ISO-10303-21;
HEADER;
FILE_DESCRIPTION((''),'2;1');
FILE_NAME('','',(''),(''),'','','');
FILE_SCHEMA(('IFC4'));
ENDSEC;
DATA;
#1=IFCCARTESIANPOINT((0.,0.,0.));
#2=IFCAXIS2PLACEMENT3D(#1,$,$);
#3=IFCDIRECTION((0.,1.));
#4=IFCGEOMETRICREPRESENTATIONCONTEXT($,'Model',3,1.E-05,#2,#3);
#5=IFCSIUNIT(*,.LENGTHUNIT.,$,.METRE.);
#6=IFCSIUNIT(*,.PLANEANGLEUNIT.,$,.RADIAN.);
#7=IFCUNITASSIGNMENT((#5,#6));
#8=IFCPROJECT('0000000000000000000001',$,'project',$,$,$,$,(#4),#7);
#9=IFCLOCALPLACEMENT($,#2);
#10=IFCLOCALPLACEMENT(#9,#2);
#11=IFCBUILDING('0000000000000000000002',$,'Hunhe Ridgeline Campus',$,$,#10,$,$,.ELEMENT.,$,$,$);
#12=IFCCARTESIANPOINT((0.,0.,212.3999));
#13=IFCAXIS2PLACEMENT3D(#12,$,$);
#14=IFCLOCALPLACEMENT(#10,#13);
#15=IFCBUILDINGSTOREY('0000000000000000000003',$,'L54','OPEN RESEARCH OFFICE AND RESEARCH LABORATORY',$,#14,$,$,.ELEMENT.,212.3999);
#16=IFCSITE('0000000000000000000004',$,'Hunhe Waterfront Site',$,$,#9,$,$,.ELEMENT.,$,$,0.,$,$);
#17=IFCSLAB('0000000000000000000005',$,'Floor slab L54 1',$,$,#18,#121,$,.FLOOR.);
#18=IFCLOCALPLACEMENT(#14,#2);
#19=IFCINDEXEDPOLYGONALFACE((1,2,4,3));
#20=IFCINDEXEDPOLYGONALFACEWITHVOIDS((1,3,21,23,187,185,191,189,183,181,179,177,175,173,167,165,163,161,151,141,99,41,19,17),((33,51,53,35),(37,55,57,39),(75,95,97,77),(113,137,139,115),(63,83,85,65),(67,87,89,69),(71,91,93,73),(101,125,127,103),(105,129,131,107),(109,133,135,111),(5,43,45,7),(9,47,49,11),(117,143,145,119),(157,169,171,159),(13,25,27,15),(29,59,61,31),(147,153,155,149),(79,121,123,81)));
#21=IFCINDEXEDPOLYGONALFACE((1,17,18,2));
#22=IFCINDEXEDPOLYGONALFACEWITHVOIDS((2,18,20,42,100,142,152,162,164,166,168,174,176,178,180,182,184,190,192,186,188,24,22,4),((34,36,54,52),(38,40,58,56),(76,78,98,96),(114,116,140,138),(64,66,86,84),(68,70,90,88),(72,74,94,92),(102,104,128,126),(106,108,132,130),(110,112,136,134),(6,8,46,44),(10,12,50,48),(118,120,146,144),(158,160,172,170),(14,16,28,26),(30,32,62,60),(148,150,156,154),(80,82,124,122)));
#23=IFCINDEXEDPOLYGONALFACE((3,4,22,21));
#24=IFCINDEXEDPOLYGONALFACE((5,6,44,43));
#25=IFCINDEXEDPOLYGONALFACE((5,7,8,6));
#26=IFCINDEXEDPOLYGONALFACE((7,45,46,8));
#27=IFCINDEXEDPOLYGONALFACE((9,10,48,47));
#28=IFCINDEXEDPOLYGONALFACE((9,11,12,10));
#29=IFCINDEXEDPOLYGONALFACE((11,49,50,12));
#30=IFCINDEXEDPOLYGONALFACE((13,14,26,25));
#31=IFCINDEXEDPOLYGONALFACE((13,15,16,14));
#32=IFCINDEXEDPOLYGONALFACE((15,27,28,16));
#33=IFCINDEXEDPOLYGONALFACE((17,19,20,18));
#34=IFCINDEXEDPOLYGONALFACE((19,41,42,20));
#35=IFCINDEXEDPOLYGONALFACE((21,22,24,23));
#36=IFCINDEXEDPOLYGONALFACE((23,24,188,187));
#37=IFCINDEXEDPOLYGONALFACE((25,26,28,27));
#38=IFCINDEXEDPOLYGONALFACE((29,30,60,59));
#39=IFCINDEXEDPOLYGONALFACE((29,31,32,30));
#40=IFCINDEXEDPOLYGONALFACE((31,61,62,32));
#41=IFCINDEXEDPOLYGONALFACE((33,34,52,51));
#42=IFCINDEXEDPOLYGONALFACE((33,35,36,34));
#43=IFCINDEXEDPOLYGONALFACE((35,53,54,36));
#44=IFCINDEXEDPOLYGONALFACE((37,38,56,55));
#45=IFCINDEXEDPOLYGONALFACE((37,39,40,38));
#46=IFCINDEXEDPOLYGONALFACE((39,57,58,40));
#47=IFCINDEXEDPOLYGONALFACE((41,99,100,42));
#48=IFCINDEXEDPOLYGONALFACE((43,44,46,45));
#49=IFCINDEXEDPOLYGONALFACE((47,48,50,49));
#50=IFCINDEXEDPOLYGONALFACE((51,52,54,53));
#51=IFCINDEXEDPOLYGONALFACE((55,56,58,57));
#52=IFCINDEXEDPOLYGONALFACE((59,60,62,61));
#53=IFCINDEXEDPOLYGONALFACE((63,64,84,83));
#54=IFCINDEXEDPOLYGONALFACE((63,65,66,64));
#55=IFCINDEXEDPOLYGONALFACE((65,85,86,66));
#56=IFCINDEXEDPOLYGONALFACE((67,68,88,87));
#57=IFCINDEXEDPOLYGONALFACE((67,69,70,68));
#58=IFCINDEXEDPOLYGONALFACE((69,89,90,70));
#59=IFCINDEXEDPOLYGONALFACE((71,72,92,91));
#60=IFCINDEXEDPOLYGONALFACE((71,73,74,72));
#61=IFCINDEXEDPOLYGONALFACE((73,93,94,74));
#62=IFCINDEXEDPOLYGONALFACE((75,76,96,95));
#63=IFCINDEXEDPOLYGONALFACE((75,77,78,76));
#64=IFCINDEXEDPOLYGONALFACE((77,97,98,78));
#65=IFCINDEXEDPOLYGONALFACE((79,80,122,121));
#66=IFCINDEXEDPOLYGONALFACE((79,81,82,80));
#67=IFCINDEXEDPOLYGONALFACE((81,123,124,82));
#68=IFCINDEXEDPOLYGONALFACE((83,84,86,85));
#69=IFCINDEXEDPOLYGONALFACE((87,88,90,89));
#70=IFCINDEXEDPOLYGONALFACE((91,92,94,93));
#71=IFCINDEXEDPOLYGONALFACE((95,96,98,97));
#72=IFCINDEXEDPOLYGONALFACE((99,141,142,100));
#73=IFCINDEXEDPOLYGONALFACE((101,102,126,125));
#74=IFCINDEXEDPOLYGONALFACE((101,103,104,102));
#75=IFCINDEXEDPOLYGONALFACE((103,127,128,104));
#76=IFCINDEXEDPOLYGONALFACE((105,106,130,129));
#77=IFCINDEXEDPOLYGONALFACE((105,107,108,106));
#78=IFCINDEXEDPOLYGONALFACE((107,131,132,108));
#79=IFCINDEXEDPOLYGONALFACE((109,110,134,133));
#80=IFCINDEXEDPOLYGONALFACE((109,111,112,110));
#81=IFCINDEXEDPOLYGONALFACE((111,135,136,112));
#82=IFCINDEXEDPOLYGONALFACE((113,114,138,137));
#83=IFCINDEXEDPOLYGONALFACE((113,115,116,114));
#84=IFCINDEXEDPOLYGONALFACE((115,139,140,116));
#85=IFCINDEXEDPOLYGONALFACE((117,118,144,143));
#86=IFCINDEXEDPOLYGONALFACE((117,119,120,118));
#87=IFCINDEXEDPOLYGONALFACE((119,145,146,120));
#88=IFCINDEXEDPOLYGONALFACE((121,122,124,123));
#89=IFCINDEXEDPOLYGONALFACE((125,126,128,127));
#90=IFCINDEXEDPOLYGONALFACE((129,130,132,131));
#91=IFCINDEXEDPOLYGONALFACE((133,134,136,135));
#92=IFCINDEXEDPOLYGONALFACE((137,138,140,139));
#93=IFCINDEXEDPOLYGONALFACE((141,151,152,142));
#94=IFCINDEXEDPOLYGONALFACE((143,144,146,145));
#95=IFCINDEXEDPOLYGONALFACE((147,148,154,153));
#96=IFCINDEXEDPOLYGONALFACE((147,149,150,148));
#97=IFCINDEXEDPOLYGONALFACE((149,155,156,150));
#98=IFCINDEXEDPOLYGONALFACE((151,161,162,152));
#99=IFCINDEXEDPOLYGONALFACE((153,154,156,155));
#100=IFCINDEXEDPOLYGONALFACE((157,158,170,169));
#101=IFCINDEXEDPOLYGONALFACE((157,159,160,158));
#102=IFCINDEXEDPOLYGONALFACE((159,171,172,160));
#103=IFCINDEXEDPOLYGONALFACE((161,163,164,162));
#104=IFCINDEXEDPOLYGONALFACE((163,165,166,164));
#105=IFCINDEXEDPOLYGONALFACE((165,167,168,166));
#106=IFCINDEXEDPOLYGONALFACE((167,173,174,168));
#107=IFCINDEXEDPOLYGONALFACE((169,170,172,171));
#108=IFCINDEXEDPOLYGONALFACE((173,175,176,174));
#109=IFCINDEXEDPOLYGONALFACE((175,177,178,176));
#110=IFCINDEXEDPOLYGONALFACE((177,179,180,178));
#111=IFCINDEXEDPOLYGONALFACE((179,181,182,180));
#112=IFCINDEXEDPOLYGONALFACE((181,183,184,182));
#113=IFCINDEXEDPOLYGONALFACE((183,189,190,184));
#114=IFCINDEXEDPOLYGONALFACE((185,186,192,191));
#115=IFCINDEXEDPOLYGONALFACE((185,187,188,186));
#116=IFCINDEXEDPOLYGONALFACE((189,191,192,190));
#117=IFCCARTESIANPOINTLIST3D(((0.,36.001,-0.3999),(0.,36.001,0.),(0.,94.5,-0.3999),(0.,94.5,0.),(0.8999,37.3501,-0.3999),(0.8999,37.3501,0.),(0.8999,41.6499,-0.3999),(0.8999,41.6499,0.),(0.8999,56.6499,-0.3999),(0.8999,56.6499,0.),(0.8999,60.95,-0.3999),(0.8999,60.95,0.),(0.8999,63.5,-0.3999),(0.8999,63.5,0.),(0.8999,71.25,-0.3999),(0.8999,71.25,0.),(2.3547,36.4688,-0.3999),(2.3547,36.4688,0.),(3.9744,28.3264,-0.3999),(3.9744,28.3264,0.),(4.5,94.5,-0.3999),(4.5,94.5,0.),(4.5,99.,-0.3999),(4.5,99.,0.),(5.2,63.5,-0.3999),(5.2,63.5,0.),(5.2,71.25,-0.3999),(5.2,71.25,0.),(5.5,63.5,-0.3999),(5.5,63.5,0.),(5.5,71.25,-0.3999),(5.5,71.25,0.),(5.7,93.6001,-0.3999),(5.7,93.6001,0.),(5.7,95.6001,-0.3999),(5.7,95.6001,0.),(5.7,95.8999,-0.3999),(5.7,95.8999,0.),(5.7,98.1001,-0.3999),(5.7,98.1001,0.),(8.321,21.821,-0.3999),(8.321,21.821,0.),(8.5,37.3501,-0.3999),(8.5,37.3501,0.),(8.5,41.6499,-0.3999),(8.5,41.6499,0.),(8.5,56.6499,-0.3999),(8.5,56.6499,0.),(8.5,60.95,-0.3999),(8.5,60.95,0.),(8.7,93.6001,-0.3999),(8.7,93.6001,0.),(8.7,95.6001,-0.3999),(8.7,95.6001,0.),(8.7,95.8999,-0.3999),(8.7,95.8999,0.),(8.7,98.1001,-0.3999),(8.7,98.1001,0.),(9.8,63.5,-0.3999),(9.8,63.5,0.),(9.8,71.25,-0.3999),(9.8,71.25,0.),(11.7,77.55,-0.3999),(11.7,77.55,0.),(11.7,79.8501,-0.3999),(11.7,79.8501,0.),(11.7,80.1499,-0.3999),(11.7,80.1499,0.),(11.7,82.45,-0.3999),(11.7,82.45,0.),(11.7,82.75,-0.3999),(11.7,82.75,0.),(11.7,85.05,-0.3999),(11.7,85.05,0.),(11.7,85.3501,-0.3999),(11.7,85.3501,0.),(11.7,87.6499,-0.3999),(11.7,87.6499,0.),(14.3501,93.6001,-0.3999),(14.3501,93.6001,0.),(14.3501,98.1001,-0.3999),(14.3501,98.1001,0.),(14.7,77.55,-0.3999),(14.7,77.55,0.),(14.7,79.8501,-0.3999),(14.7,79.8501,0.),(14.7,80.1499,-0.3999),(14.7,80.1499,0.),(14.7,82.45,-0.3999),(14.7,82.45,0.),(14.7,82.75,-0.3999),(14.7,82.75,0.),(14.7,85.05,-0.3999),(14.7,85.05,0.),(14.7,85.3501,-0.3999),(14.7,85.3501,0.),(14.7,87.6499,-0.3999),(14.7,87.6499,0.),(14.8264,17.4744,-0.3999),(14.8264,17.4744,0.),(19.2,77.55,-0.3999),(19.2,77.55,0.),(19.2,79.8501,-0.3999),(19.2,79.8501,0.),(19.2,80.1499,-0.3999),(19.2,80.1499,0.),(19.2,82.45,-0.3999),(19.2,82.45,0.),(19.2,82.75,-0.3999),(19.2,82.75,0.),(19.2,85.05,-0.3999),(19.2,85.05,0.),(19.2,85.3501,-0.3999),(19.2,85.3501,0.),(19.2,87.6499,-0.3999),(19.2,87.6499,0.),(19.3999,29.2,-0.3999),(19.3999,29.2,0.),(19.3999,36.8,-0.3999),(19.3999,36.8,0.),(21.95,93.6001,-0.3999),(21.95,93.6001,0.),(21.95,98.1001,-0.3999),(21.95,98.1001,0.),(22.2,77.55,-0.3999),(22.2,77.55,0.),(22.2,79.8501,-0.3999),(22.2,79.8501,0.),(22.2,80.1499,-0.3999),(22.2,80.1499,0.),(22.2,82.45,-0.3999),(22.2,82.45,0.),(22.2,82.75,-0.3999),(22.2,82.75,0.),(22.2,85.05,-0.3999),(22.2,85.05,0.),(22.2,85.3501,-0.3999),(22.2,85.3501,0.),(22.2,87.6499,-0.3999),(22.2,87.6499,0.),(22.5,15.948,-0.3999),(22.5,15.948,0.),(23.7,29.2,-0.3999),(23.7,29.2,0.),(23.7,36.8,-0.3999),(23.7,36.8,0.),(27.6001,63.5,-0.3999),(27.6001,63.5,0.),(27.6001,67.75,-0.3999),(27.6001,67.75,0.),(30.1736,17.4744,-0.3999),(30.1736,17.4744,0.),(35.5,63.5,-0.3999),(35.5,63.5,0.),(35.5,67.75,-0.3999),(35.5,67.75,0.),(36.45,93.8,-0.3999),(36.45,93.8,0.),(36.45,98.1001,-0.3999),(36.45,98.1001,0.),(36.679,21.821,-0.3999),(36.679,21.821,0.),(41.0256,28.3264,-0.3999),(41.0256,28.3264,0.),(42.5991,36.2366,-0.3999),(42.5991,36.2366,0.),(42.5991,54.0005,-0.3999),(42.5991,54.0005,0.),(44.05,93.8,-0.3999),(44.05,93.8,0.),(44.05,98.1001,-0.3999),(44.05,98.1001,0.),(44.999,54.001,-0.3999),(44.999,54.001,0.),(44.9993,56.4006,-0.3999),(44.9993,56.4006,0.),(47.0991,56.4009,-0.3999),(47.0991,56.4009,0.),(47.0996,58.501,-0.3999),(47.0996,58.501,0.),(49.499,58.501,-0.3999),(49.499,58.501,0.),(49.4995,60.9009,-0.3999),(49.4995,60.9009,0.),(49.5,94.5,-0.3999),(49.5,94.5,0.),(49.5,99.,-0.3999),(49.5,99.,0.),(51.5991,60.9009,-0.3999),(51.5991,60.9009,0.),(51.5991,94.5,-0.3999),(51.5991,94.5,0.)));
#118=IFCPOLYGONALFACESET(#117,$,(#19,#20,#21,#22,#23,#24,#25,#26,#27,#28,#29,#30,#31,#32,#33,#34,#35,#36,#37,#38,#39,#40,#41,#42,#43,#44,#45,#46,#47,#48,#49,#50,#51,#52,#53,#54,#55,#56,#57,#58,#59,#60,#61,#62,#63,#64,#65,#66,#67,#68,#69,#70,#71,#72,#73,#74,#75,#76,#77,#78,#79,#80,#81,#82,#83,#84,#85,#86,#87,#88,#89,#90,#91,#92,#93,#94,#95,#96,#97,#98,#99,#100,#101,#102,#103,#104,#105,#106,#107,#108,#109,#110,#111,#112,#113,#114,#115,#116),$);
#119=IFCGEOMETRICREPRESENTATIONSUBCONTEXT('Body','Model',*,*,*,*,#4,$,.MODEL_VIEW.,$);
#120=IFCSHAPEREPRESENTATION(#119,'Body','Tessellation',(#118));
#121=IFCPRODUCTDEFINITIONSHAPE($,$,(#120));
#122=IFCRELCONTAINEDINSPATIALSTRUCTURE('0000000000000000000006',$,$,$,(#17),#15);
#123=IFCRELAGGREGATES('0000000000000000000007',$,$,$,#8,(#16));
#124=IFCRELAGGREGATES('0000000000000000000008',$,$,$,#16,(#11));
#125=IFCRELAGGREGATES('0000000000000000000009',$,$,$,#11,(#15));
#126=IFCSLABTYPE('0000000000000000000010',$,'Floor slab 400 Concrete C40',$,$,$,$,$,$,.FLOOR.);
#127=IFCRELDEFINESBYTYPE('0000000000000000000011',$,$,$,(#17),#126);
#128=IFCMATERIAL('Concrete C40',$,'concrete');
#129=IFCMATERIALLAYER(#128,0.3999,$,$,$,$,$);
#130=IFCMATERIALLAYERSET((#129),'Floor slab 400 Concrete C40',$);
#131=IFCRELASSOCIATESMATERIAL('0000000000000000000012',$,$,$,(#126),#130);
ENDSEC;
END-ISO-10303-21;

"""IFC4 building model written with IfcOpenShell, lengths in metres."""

from ifc_helpers import new_model, si_unit, direction, frame, origin, place, context, subcontext, project, spatial, polyline, outline, extrude, material, layer, layer_set, type_object, element, save


model = new_model("IFC4")

# Units and contexts
model_context = context("Model", 3, precision=1e-05, world=origin(), true_north=direction((0.0, 1.0)))
body_context = subcontext(model_context, "Body", "Model", "MODEL_VIEW")
ifc_project = project(units=[si_unit("LENGTHUNIT", "METRE"), si_unit("PLANEANGLEUNIT", "RADIAN")], contexts=[model_context])

# Site, building, storey
site_placement = place(None, origin())
site = spatial("IfcSite", under=ifc_project, at=site_placement, Name="Hunhe Waterfront Site", CompositionType="ELEMENT", RefElevation=0.0)
building_placement = place(site_placement, origin())
building = spatial("IfcBuilding", under=site, at=building_placement, Name="Hunhe Ridgeline Campus", CompositionType="ELEMENT")
storey_placement = place(building_placement, frame((0.0, 0.0, 212.3999)))
storey = spatial("IfcBuildingStorey", under=building, at=storey_placement, Name="L54", Description="OPEN RESEARCH OFFICE AND RESEARCH LABORATORY", CompositionType="ELEMENT", Elevation=212.3999)

# Slab
ifc_material_1 = material(Name="Concrete C40", Category="concrete")
ifc_layer_1 = layer(ifc_material_1, 0.3999)
ifc_layer_set_1 = layer_set([ifc_layer_1], Name="Floor slab 400 Concrete C40")
slab_type_1 = type_object("IfcSlabType", Name="Floor slab 400 Concrete C40", PredefinedType="FLOOR", material=ifc_layer_set_1)
slab_1_placement = place(storey_placement, frame((0.0, 0.0, -0.3999)))
element("IfcSlab", 1, at=slab_1_placement, inside=storey, type_object=slab_type_1, Name="Floor slab L54 1", PredefinedType="FLOOR", context=body_context, shape_type="SweptSolid", body=[
    extrude(outline(polyline([(30.1736, 17.4744), (36.679, 21.821), (41.0256, 28.3264), (42.5991, 36.2366), (42.5991, 54.0005), (44.999, 54.001), (44.9993, 56.4006), (47.0991, 56.4009), (47.0996, 58.501), (49.499, 58.501), (49.4995, 60.9009), (51.5991, 60.9009), (51.5991, 94.5), (49.5, 94.5), (49.5, 99.0), (4.5, 99.0), (4.5, 94.5), (0.0, 94.5), (0.0, 36.001), (2.3547, 36.4688), (3.9744, 28.3264), (8.321, 21.821), (14.8264, 17.4744), (22.5, 15.948), (30.1736, 17.4744)]), holes=[polyline([(36.45, 93.8), (44.05, 93.8), (44.05, 98.1001), (36.45, 98.1001), (36.45, 93.8)]), polyline([(35.5, 63.5), (35.5, 67.75), (27.6001, 67.75), (27.6001, 63.5), (35.5, 63.5)]), polyline([(19.3999, 29.2), (23.7, 29.2), (23.7, 36.8), (19.3999, 36.8), (19.3999, 29.2)]), polyline([(22.2, 80.1499), (22.2, 82.45), (19.2, 82.45), (19.2, 80.1499), (22.2, 80.1499)]), polyline([(22.2, 79.8501), (19.2, 79.8501), (19.2, 77.55), (22.2, 77.55), (22.2, 79.8501)]), polyline([(19.2, 87.6499), (19.2, 85.3501), (22.2, 85.3501), (22.2, 87.6499), (19.2, 87.6499)]), polyline([(19.2, 82.75), (22.2, 82.75), (22.2, 85.05), (19.2, 85.05), (19.2, 82.75)]), polyline([(14.3501, 93.6001), (21.95, 93.6001), (21.95, 98.1001), (14.3501, 98.1001), (14.3501, 93.6001)]), polyline([(14.7, 79.8501), (11.7, 79.8501), (11.7, 77.55), (14.7, 77.55), (14.7, 79.8501)]), polyline([(14.7, 80.1499), (14.7, 82.45), (11.7, 82.45), (11.7, 80.1499), (14.7, 80.1499)]), polyline([(11.7, 87.6499), (11.7, 85.3501), (14.7, 85.3501), (14.7, 87.6499), (11.7, 87.6499)]), polyline([(11.7, 82.75), (14.7, 82.75), (14.7, 85.05), (11.7, 85.05), (11.7, 82.75)]), polyline([(9.8, 71.25), (5.5, 71.25), (5.5, 63.5), (9.8, 63.5), (9.8, 71.25)]), polyline([(8.7, 95.8999), (8.7, 98.1001), (5.7, 98.1001), (5.7, 95.8999), (8.7, 95.8999)]), polyline([(8.7, 95.6001), (5.7, 95.6001), (5.7, 93.6001), (8.7, 93.6001), (8.7, 95.6001)]), polyline([(0.8999, 37.3501), (8.5, 37.3501), (8.5, 41.6499), (0.8999, 41.6499), (0.8999, 37.3501)]), polyline([(0.8999, 60.95), (0.8999, 56.6499), (8.5, 56.6499), (8.5, 60.95), (0.8999, 60.95)]), polyline([(0.8999, 71.25), (0.8999, 63.5), (5.2, 63.5), (5.2, 71.25), (0.8999, 71.25)])]), origin(), (0.0, 0.0, 1.0), 0.3999),
])

save(model, "model.ifc")
